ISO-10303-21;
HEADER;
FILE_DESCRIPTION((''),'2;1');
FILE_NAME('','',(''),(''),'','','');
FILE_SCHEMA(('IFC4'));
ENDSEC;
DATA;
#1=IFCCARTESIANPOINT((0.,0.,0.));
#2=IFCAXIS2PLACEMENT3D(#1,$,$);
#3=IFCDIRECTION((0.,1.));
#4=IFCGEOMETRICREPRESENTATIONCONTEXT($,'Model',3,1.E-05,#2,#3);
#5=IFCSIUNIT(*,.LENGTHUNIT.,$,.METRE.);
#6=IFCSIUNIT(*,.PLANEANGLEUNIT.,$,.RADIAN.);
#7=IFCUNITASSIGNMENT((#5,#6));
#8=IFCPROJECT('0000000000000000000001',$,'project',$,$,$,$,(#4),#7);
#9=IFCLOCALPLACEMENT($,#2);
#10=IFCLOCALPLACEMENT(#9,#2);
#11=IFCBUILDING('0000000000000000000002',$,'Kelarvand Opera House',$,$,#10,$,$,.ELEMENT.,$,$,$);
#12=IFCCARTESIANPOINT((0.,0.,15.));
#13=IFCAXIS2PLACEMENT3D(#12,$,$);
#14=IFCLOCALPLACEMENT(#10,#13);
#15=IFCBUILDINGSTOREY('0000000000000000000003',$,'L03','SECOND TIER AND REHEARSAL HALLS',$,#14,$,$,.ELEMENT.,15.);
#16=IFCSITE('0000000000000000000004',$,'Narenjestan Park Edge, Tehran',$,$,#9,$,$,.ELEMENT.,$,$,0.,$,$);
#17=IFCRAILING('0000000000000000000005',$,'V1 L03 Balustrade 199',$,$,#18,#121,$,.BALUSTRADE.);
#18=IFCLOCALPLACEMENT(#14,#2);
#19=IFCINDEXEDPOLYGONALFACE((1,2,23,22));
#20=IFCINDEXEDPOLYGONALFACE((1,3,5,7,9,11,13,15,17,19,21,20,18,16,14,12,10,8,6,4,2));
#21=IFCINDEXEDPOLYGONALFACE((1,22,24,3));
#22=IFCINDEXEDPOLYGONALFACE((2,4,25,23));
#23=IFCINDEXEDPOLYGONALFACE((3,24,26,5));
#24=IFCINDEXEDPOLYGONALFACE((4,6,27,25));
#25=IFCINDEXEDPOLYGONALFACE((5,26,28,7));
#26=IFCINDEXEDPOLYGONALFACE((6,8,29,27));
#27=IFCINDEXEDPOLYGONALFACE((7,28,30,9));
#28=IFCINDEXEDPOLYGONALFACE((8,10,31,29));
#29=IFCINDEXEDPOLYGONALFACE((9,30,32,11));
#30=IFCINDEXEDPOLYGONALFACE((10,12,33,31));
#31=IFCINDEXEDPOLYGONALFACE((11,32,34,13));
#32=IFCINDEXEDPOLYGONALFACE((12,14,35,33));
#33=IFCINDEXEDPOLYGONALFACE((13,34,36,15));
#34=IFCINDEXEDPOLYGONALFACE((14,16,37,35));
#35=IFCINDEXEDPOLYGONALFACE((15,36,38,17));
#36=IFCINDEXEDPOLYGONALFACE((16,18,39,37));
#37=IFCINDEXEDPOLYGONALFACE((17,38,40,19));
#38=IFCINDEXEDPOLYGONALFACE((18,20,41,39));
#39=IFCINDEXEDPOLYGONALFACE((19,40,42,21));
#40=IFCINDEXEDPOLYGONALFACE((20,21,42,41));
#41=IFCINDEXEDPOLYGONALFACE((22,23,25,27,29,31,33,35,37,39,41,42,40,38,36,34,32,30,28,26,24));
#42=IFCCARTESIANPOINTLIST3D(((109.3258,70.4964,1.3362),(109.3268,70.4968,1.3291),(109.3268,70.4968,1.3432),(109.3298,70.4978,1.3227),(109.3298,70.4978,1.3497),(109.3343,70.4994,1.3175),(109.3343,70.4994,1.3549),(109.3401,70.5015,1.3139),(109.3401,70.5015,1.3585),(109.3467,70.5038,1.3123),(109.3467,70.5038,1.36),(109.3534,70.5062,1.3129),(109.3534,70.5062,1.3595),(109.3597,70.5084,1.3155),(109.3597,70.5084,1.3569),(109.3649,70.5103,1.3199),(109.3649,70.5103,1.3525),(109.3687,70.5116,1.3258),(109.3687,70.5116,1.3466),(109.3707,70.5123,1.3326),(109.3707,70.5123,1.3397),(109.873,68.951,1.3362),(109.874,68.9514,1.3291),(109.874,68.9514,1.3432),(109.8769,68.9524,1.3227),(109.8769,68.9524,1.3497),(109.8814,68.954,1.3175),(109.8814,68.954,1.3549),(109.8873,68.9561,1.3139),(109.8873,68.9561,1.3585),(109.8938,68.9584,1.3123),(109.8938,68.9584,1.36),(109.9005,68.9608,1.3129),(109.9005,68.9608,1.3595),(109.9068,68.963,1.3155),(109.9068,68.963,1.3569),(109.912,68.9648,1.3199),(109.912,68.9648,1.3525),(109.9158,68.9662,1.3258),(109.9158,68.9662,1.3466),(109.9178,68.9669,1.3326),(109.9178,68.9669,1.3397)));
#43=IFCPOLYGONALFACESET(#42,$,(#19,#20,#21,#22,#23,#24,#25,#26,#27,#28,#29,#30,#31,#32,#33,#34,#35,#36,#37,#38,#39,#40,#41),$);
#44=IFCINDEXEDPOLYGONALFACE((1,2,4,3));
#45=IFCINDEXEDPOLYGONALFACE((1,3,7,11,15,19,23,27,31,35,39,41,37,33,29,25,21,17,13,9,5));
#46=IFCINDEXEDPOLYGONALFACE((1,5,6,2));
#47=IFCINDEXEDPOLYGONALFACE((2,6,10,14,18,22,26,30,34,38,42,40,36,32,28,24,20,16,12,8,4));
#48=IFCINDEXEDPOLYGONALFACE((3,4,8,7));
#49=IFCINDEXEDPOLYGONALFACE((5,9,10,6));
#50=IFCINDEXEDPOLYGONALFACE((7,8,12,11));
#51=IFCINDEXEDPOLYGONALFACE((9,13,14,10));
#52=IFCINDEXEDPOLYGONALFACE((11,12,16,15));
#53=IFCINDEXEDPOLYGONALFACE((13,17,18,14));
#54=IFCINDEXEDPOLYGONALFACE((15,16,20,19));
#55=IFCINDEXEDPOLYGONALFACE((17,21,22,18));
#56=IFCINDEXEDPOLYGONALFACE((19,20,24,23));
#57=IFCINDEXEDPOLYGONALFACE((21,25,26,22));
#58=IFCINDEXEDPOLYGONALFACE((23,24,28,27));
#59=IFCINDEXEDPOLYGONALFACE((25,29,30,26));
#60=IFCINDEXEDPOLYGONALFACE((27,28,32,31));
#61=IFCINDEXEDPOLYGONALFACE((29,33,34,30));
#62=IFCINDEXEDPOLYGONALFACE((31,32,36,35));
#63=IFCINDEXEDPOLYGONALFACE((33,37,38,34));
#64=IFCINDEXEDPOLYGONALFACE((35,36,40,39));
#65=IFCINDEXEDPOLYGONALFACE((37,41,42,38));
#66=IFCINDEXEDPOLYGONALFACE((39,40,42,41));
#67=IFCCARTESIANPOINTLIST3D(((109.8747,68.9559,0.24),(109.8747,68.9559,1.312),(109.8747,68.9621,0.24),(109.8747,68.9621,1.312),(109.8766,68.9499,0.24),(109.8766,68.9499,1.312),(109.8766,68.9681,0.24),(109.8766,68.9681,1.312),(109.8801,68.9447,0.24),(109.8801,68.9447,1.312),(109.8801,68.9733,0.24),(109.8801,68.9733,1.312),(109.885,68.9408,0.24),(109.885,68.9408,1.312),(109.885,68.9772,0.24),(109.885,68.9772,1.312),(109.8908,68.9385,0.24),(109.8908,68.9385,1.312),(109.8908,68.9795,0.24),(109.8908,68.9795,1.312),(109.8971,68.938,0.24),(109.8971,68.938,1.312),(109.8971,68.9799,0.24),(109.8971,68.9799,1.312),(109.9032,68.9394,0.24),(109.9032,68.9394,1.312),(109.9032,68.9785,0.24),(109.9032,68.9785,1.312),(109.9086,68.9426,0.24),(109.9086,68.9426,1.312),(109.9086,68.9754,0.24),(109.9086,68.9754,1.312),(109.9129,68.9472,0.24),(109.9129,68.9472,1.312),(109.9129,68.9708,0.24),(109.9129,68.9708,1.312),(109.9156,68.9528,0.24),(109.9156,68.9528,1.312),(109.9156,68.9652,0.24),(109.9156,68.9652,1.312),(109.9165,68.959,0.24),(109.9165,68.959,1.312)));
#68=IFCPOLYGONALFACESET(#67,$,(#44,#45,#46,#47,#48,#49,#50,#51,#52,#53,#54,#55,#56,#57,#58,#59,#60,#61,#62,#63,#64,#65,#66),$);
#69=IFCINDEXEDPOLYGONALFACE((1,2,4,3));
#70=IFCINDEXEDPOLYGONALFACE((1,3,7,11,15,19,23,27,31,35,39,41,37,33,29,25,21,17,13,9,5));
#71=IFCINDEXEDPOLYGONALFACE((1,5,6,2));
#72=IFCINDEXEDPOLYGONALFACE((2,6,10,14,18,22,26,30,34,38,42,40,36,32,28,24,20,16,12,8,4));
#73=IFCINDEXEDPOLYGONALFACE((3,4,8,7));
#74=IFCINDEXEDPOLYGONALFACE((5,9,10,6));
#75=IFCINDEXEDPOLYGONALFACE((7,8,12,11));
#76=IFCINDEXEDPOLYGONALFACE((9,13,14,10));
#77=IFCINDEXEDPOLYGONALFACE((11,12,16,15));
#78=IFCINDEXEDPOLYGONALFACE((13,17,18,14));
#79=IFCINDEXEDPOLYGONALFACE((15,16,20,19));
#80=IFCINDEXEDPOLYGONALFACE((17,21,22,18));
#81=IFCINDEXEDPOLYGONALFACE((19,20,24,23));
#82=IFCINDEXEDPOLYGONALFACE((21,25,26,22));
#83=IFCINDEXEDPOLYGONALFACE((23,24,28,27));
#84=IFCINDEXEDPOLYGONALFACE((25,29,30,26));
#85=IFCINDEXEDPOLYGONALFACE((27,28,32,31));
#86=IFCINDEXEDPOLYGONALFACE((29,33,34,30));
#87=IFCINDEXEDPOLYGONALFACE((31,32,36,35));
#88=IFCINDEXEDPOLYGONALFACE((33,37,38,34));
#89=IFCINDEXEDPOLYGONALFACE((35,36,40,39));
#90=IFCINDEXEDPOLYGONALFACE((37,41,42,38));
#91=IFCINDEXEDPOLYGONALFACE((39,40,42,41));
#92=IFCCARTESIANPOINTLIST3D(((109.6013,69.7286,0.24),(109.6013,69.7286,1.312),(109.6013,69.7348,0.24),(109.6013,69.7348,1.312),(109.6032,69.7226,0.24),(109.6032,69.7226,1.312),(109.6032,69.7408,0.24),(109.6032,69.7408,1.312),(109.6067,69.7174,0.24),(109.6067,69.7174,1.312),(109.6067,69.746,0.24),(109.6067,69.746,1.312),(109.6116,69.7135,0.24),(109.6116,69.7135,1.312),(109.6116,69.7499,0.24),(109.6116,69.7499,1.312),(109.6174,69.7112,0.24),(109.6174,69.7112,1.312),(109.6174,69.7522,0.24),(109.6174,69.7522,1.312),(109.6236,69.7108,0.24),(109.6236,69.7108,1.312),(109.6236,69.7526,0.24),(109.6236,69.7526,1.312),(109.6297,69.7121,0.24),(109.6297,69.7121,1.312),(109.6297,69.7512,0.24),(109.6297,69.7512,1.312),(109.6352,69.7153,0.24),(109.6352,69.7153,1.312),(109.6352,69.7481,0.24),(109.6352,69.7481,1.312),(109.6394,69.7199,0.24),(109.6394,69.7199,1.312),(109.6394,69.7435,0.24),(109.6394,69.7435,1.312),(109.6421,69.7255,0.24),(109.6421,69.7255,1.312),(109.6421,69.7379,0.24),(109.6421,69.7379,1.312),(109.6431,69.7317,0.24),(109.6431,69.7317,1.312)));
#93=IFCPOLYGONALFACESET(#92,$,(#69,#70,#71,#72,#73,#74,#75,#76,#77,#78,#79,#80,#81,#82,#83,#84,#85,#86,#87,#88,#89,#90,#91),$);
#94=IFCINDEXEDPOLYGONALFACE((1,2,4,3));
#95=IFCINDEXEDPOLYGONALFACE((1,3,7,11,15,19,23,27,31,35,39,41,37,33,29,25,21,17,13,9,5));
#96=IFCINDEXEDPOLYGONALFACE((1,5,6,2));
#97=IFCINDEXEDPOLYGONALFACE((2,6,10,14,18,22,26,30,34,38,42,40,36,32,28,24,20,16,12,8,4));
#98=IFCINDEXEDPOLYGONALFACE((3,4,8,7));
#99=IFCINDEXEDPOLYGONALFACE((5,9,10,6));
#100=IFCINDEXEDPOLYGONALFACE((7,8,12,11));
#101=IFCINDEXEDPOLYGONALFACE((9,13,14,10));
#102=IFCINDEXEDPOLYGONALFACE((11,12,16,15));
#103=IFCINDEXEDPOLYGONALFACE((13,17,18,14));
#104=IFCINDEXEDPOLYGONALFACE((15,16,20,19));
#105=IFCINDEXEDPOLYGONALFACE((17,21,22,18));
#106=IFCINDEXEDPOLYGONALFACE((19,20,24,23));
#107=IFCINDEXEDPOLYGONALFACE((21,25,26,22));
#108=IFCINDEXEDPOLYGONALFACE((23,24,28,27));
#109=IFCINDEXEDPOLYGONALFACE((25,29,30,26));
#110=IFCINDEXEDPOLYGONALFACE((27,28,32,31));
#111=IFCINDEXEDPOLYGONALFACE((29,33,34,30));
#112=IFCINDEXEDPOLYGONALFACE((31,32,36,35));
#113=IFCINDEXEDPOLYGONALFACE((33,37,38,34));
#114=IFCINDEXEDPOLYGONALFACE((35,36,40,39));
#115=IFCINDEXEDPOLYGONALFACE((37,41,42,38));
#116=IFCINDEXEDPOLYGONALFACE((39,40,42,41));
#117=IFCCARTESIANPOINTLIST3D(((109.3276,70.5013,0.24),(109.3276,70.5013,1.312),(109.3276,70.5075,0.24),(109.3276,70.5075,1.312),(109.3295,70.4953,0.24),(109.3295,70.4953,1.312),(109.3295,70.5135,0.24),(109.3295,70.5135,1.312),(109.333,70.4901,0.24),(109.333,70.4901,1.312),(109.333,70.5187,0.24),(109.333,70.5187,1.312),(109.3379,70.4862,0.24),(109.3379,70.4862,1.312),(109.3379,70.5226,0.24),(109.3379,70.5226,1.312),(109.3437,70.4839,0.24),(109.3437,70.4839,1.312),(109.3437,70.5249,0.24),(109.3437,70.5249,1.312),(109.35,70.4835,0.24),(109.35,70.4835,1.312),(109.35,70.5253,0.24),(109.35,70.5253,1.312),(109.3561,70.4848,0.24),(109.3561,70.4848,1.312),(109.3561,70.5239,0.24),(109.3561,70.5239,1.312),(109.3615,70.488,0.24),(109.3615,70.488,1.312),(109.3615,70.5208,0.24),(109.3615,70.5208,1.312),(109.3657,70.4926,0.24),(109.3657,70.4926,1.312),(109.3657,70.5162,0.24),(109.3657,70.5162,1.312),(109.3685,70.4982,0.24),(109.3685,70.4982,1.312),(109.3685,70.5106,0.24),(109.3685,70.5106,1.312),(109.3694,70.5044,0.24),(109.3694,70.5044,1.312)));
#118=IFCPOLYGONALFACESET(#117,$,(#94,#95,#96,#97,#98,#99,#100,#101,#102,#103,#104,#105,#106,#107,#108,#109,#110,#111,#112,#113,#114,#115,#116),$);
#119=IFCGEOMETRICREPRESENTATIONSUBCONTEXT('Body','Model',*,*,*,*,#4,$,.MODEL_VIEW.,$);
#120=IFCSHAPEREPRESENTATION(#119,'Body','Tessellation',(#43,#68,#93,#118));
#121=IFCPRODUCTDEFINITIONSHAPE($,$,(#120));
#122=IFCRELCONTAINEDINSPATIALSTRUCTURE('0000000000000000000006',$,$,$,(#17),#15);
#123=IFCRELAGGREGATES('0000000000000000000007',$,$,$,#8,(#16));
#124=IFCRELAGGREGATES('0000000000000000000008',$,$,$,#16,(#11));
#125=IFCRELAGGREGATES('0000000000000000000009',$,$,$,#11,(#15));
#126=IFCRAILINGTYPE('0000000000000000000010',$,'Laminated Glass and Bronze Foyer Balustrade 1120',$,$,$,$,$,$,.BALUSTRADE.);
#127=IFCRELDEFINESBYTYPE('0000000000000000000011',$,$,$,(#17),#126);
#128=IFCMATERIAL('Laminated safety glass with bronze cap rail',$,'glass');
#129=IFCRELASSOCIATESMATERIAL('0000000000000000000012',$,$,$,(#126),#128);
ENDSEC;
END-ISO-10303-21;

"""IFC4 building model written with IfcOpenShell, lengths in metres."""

from ifc_helpers import new_model, si_unit, direction, frame, origin, origin_2d, place, context, subcontext, project, spatial, circle, extrude, material, type_object, element, save


model = new_model("IFC4")

# Units and contexts
model_context = context("Model", 3, precision=1e-05, world=origin(), true_north=direction((0.0, 1.0)))
body_context = subcontext(model_context, "Body", "Model", "MODEL_VIEW")
ifc_project = project(units=[si_unit("LENGTHUNIT", "METRE"), si_unit("PLANEANGLEUNIT", "RADIAN")], contexts=[model_context])

# Site, building, storey
site_placement = place(None, origin())
site = spatial("IfcSite", under=ifc_project, at=site_placement, Name="Narenjestan Park Edge, Tehran", CompositionType="ELEMENT", RefElevation=0.0)
building_placement = place(site_placement, origin())
building = spatial("IfcBuilding", under=site, at=building_placement, Name="Kelarvand Opera House", CompositionType="ELEMENT")
storey_placement = place(building_placement, frame((0.0, 0.0, 15.0)))
storey = spatial("IfcBuildingStorey", under=building, at=storey_placement, Name="L03", Description="SECOND TIER AND REHEARSAL HALLS", CompositionType="ELEMENT", Elevation=15.0)

# Railing
ifc_material_1 = material(Name="Laminated safety glass with bronze cap rail", Category="glass")
railing_type = type_object("IfcRailingType", Name="Laminated Glass and Bronze Foyer Balustrade 1120", PredefinedType="BALUSTRADE", material=ifc_material_1)
railing_1_placement = place(storey_placement, frame((109.8955, 68.959, 0.24)))
element("IfcRailing", 1, at=railing_1_placement, inside=storey, type_object=railing_type, Name="V1 L03 Balustrade 199", PredefinedType="BALUSTRADE", context=body_context, shape_type="SweptSolid", body=[
    extrude(circle(Radius=0.0239, at=origin_2d()), frame((0.0, 0.0, 1.0962), z_axis=(-0.333731, 0.942668, 0.0), x_axis=(-0.942668, -0.333731, 0.0)), (0.0, 0.0, 1.0), 1.6394),
    extrude(circle(Radius=0.021, at=origin_2d()), origin(), (0.0, 0.0, 1.0), 1.072),
    extrude(circle(Radius=0.021, at=origin_2d()), frame((-0.2734, 0.7727, 0.0)), (0.0, 0.0, 1.0), 1.072),
    extrude(circle(Radius=0.021, at=origin_2d()), frame((-0.5471, 1.5454, 0.0)), (0.0, 0.0, 1.0), 1.072),
])

save(model, "model.ifc")
